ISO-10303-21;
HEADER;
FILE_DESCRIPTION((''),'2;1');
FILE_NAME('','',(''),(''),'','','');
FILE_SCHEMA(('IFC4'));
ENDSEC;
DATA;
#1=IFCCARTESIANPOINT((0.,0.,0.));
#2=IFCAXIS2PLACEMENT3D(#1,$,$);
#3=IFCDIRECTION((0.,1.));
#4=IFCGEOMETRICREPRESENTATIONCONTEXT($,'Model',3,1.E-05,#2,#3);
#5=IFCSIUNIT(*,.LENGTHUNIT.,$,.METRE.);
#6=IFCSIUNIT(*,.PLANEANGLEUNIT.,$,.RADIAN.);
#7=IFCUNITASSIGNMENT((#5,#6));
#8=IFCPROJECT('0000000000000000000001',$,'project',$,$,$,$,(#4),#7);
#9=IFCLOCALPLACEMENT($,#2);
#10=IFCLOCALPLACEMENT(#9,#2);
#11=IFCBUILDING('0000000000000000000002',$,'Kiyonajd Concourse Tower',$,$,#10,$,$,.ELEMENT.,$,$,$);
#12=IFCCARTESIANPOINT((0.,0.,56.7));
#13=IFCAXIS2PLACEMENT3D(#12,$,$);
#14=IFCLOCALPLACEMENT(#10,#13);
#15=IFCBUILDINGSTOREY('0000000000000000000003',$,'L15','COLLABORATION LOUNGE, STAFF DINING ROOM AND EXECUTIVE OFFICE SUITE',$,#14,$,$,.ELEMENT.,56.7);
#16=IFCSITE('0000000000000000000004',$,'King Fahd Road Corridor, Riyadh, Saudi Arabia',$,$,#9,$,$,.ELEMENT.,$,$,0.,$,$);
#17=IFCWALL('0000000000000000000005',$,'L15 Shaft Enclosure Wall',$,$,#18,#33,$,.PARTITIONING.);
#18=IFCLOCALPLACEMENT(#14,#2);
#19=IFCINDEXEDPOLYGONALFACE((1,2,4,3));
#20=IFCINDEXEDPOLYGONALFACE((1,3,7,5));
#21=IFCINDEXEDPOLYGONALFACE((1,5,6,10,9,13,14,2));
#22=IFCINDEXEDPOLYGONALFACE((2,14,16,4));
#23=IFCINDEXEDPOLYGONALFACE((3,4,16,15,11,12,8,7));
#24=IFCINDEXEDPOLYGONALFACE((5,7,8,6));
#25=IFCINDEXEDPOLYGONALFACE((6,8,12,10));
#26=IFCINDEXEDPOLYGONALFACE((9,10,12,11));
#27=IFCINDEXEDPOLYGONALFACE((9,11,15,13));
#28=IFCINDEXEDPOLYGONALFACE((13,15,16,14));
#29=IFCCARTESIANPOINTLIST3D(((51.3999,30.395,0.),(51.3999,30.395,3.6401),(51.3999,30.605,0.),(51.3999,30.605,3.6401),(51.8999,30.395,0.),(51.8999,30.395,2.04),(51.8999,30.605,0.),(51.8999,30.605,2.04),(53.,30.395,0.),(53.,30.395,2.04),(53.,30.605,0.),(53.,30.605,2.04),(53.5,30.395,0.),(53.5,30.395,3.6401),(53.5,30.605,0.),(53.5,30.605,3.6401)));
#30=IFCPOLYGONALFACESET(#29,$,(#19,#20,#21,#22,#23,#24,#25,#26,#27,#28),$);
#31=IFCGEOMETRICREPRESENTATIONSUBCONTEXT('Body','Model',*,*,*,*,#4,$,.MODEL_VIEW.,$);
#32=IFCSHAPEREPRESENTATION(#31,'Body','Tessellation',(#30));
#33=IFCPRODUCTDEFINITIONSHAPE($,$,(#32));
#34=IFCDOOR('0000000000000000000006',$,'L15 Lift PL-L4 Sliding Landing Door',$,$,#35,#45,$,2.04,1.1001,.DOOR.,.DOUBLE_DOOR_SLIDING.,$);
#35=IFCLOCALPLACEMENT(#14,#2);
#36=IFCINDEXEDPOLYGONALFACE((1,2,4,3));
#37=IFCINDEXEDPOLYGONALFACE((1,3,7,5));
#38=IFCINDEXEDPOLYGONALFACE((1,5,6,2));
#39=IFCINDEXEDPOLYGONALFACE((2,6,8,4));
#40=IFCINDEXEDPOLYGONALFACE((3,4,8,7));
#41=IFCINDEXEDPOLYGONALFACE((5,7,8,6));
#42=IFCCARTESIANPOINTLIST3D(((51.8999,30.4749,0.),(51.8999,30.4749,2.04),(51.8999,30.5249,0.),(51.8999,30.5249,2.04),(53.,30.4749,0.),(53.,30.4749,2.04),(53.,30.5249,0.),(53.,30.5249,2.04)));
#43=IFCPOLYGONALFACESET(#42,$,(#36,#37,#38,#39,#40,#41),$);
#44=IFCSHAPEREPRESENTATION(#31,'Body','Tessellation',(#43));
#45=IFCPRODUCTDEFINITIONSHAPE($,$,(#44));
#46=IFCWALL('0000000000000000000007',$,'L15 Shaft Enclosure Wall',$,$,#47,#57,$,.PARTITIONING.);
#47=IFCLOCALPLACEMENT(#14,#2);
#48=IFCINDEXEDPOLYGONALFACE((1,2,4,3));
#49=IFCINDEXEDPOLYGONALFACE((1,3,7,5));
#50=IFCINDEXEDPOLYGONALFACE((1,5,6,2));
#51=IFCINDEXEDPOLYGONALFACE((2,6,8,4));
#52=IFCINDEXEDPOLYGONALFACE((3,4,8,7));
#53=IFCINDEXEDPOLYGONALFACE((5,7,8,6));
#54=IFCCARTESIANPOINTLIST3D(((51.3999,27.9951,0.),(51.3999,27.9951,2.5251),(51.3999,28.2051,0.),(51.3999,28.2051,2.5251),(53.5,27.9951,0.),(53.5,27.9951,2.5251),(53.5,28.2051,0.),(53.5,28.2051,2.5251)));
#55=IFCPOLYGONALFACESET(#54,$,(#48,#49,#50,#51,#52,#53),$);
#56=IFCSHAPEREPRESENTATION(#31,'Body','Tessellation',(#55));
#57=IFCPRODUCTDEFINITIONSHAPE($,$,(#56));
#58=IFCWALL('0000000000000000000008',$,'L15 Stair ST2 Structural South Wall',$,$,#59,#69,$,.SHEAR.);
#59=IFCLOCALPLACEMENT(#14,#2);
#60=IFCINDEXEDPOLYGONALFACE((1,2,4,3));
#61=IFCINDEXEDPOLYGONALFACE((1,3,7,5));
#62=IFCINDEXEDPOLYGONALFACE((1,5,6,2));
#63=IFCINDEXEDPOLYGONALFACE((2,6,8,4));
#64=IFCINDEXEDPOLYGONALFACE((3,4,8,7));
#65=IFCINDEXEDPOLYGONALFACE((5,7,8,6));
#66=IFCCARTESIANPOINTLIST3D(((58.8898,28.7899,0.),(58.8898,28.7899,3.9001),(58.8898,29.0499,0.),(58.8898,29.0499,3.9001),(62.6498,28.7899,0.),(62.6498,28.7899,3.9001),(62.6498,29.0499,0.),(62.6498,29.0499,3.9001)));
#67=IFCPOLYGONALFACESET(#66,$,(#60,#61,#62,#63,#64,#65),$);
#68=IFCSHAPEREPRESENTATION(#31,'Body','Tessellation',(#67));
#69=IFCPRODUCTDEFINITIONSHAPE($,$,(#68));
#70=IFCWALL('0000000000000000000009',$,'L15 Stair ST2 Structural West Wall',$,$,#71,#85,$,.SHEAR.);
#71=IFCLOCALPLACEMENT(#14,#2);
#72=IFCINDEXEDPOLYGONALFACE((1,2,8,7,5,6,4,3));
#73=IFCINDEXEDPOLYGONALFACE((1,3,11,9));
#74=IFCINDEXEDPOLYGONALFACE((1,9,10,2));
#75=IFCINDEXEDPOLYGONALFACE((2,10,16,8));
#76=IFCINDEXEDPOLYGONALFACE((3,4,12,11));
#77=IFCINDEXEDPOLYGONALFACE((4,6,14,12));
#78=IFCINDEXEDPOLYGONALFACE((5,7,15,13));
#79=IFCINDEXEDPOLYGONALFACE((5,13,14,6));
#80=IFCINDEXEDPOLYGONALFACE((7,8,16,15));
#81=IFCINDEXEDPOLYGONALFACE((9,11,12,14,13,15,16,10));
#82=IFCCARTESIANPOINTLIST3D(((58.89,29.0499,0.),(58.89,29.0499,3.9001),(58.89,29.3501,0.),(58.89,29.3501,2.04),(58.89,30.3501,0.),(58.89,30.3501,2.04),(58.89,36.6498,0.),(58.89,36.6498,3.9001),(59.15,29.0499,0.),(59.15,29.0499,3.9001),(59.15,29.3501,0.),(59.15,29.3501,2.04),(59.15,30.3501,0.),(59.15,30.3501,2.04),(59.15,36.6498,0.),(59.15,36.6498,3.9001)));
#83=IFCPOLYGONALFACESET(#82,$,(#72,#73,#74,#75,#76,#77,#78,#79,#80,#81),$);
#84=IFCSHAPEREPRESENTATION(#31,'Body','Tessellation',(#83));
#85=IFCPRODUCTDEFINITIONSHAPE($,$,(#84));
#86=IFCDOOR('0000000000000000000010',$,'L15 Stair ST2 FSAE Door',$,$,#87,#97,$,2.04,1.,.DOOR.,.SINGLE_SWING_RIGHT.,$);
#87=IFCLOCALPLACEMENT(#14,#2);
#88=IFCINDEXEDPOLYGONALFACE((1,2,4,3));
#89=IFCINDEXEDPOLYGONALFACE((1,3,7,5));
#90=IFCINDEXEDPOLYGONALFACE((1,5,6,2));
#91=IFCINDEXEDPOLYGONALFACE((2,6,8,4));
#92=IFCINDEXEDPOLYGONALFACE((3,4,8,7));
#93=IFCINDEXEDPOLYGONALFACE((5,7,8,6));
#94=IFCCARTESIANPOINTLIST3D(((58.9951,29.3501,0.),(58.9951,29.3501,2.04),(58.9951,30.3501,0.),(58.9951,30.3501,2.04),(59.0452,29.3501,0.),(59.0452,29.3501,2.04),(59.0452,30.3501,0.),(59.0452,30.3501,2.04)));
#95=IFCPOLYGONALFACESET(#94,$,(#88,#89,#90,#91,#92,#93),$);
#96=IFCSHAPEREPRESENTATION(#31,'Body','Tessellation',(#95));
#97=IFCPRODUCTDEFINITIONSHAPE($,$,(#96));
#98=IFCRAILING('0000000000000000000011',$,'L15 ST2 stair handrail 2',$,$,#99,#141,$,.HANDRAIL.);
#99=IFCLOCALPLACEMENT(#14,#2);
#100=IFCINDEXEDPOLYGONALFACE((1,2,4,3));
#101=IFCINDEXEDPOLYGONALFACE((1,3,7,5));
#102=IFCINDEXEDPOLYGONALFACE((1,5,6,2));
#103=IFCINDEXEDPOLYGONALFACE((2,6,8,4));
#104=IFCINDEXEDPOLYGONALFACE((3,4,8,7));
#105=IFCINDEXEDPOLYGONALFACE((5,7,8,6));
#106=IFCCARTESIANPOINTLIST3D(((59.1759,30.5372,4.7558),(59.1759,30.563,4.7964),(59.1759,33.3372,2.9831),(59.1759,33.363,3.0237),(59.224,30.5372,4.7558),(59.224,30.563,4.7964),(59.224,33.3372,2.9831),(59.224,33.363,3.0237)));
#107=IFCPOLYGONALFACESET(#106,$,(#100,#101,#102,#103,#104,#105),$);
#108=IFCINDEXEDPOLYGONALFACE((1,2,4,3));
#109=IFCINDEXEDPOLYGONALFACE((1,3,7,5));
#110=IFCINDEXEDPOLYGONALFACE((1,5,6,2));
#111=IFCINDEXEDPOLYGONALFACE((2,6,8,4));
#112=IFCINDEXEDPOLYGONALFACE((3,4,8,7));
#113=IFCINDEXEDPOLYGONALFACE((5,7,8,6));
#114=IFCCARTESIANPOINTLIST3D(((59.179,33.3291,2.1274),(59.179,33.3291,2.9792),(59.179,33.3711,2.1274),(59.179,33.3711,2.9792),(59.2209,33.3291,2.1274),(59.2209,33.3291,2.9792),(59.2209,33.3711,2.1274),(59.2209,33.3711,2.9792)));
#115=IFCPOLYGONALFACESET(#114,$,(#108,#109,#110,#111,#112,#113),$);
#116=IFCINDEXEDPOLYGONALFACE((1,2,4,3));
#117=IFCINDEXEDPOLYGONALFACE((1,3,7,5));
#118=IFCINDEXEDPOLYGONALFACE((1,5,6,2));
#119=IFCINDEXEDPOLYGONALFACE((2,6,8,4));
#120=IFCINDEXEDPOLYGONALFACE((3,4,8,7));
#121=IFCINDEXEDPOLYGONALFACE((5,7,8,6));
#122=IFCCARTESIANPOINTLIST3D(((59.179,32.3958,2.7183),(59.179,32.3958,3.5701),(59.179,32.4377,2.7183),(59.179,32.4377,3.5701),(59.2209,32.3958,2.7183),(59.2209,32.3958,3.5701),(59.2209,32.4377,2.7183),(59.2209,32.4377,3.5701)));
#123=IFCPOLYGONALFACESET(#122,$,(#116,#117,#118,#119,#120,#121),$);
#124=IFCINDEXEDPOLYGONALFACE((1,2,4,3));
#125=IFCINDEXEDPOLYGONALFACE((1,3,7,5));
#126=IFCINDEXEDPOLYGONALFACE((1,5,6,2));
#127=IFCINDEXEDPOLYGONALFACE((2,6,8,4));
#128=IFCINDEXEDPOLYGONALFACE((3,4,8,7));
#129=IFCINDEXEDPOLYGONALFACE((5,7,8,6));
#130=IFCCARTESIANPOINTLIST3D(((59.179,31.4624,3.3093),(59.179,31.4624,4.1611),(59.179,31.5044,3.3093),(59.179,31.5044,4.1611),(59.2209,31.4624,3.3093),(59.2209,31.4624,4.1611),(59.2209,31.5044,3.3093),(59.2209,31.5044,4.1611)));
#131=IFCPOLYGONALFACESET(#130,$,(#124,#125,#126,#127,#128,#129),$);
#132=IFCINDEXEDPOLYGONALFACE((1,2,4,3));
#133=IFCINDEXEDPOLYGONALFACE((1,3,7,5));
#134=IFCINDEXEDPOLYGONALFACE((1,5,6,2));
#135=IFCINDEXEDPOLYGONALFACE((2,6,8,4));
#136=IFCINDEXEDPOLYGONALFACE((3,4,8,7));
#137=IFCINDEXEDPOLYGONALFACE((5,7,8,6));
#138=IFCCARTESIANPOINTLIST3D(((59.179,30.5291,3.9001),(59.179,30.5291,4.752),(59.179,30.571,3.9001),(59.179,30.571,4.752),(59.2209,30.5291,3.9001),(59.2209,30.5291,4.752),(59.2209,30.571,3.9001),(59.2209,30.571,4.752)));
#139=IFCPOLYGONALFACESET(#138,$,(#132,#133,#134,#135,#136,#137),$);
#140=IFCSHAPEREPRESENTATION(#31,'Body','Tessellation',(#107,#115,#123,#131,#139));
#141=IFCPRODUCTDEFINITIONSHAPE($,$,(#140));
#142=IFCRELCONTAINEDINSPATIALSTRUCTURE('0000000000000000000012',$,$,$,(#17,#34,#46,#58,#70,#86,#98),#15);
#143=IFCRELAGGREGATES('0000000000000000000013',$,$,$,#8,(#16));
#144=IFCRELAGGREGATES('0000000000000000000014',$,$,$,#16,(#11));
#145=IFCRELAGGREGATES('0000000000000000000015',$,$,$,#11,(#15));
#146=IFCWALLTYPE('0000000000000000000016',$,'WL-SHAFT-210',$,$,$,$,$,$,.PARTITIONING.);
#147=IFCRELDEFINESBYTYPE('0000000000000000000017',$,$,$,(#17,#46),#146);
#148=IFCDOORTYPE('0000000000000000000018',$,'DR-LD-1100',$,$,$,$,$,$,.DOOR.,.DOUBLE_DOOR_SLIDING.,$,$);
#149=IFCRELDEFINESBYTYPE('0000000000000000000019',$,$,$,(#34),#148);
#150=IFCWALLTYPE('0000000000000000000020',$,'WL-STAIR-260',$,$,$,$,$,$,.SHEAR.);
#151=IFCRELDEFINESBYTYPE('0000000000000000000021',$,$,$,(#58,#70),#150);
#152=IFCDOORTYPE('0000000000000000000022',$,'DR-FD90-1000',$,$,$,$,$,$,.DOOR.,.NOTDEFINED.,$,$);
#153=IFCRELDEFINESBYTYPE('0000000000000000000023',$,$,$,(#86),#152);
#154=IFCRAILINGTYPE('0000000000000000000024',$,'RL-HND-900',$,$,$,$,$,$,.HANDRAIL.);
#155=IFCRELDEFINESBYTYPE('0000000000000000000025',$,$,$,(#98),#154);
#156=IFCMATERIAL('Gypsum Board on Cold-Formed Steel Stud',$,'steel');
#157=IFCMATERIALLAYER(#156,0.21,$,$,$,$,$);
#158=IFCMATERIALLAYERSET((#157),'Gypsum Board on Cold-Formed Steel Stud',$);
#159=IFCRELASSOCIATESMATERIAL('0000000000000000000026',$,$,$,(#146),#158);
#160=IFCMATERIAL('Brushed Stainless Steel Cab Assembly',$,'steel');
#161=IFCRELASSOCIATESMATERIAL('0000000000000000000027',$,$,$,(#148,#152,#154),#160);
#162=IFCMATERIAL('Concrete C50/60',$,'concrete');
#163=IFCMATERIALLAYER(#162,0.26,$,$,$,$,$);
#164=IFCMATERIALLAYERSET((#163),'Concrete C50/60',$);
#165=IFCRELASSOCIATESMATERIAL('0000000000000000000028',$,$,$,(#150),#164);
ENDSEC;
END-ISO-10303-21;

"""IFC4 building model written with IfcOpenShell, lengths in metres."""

from ifc_helpers import new_model, si_unit, direction, frame, frame_2d, origin, origin_2d, place, context, subcontext, project, spatial, rectangle, extrude, material, layer, layer_set, type_object, element, fill, save


model = new_model("IFC4")

# Units and contexts
model_context = context("Model", 3, precision=1e-05, world=origin(), true_north=direction((0.0, 1.0)))
body_context = subcontext(model_context, "Body", "Model", "MODEL_VIEW")
ifc_project = project(units=[si_unit("LENGTHUNIT", "METRE"), si_unit("PLANEANGLEUNIT", "RADIAN")], contexts=[model_context])

# Site, building, storey
site_placement = place(None, origin())
site = spatial("IfcSite", under=ifc_project, at=site_placement, Name="King Fahd Road Corridor, Riyadh, Saudi Arabia", CompositionType="ELEMENT", RefElevation=0.0)
building_placement = place(site_placement, origin())
building = spatial("IfcBuilding", under=site, at=building_placement, Name="Kiyonajd Concourse Tower", CompositionType="ELEMENT")
storey_placement = place(building_placement, frame((0.0, 0.0, 56.7)))
storey = spatial("IfcBuildingStorey", under=building, at=storey_placement, Name="L15", Description="COLLABORATION LOUNGE, STAFF DINING ROOM AND EXECUTIVE OFFICE SUITE", CompositionType="ELEMENT", Elevation=56.7)

# Shared definitions
ifc_material_1 = material(Name="Concrete C50/60", Category="concrete")

# Shared definitions
ifc_material_2 = material(Name="Brushed Stainless Steel Cab Assembly", Category="steel")
ifc_material_3 = material(Name="Gypsum Board on Cold-Formed Steel Stud", Category="steel")
ifc_layer_1 = layer(ifc_material_3, 0.21)
ifc_layer_set_1 = layer_set([ifc_layer_1], Name="Gypsum Board on Cold-Formed Steel Stud")
wall_type_1 = type_object("IfcWallType", Name="WL-SHAFT-210", PredefinedType="PARTITIONING", material=ifc_layer_set_1)

# Wall, opening, door
wall_1_placement = place(storey_placement, frame((51.3999, 30.5, 0.0), z_axis=(0.0, 0.0, 1.0), x_axis=(1.0, 0.0, 0.0)))
wall_1 = element("IfcWall", 1, at=wall_1_placement, inside=storey, type_object=wall_type_1, Name="L15 Shaft Enclosure Wall", PredefinedType="PARTITIONING", context=body_context, shape_type="SweptSolid", body=[
    extrude(rectangle(XDim=2.1001, YDim=0.21, at=frame_2d((1.05, 0.0))), origin(), (0.0, 0.0, 1.0), 3.6401),
])
opening_1_placement = place(wall_1_placement, frame((0.5, 0.0, 0.0)))
opening_1 = element("IfcOpeningElement", 2, at=opening_1_placement, cuts=wall_1, PredefinedType="OPENING", context=body_context, shape_type="SweptSolid", body=[
    extrude(rectangle(XDim=1.1001, YDim=2.04, at=frame_2d((0.55, 1.02))), frame((0.0, 0.115, 0.0), z_axis=(0.0, -1.0, 0.0), x_axis=(1.0, 0.0, 0.0)), (0.0, 0.0, 1.0), 0.23),
])
door_type_1 = type_object("IfcDoorType", Name="DR-LD-1100", OperationType="DOUBLE_DOOR_SLIDING", PredefinedType="DOOR", material=ifc_material_2)
door_1_placement = place(opening_1_placement, origin())
door_1 = element("IfcDoor", 3, at=door_1_placement, inside=storey, type_object=door_type_1, Name="L15 Lift PL-L4 Sliding Landing Door", OperationType="DOUBLE_DOOR_SLIDING", OverallHeight=2.04, OverallWidth=1.1001, PredefinedType="DOOR", context=body_context, shape_type="SweptSolid", body=[
    extrude(rectangle(XDim=1.1001, YDim=2.04, at=frame_2d((0.55, 1.02))), frame((0.0, 0.0249, 0.0), z_axis=(0.0, -1.0, 0.0), x_axis=(1.0, 0.0, 0.0)), (0.0, 0.0, 1.0), 0.05),
])
fill(opening_1, door_1)

# Walls
wall_2_placement = place(storey_placement, frame((51.3999, 28.1001, 0.0), z_axis=(0.0, 0.0, 1.0), x_axis=(1.0, 0.0, 0.0)))
element("IfcWall", 4, at=wall_2_placement, inside=storey, type_object=wall_type_1, Name="L15 Shaft Enclosure Wall", PredefinedType="PARTITIONING", context=body_context, shape_type="SweptSolid", body=[
    extrude(rectangle(XDim=2.1001, YDim=0.21, at=frame_2d((1.05, 0.0))), origin(), (0.0, 0.0, 1.0), 2.5251),
])
ifc_layer_2 = layer(ifc_material_1, 0.26)
ifc_layer_set_2 = layer_set([ifc_layer_2], Name="Concrete C50/60")
wall_type_2 = type_object("IfcWallType", Name="WL-STAIR-260", PredefinedType="SHEAR", material=ifc_layer_set_2)
wall_3_placement = place(storey_placement, frame((58.8899, 28.9199, 0.0), z_axis=(0.0, 0.0, 1.0), x_axis=(1.0, 0.0, 0.0)))
element("IfcWall", 5, at=wall_3_placement, inside=storey, type_object=wall_type_2, Name="L15 Stair ST2 Structural South Wall", PredefinedType="SHEAR", context=body_context, shape_type="SweptSolid", body=[
    extrude(rectangle(XDim=3.76, YDim=0.26, at=frame_2d((1.8799, 0.0))), origin(), (0.0, 0.0, 1.0), 3.9001),
])

# Wall, opening, door
wall_4_placement = place(storey_placement, frame((59.02, 29.05, 0.0), z_axis=(0.0, 0.0, 1.0), x_axis=(0.0, 1.0, 0.0)))
wall_4 = element("IfcWall", 6, at=wall_4_placement, inside=storey, type_object=wall_type_2, Name="L15 Stair ST2 Structural West Wall", PredefinedType="SHEAR", context=body_context, shape_type="SweptSolid", body=[
    extrude(rectangle(XDim=7.5999, YDim=0.26, at=frame_2d((3.7998, 0.0))), origin(), (0.0, 0.0, 1.0), 3.9001),
])
opening_2_placement = place(wall_4_placement, frame((0.3, 0.0, 0.0)))
opening_2 = element("IfcOpeningElement", 7, at=opening_2_placement, cuts=wall_4, PredefinedType="OPENING", context=body_context, shape_type="SweptSolid", body=[
    extrude(rectangle(XDim=1.0, YDim=2.04, at=frame_2d((0.5, 1.02))), frame((0.0, 0.1399, 0.0), z_axis=(0.0, -1.0, 0.0), x_axis=(1.0, 0.0, 0.0)), (0.0, 0.0, 1.0), 0.28),
])
door_type_2 = type_object("IfcDoorType", Name="DR-FD90-1000", OperationType="NOTDEFINED", PredefinedType="DOOR", material=ifc_material_2)
door_2_placement = place(opening_2_placement, origin())
door_2 = element("IfcDoor", 8, at=door_2_placement, inside=storey, type_object=door_type_2, Name="L15 Stair ST2 FSAE Door", OperationType="SINGLE_SWING_RIGHT", OverallHeight=2.04, OverallWidth=1.0, PredefinedType="DOOR", context=body_context, shape_type="SweptSolid", body=[
    extrude(rectangle(XDim=1.0, YDim=2.04, at=frame_2d((0.5, 1.02))), frame((0.0, 0.0249, 0.0), z_axis=(0.0, -1.0, 0.0), x_axis=(1.0, 0.0, 0.0)), (0.0, 0.0, 1.0), 0.05),
])
fill(opening_2, door_2)

# Railing
railing_type = type_object("IfcRailingType", Name="RL-HND-900", PredefinedType="HANDRAIL", material=ifc_material_2)
railing_placement = place(storey_placement, frame((59.2, 33.3501, 2.1274)))
element("IfcRailing", 9, at=railing_placement, inside=storey, type_object=railing_type, Name="L15 ST2 stair handrail 2", PredefinedType="HANDRAIL", context=body_context, shape_type="SweptSolid", body=[
    extrude(rectangle(XDim=0.0481, YDim=0.0481, at=origin_2d()), frame((0.0, 0.0, 0.876), z_axis=(0.0, -0.844909, 0.53491), x_axis=(1.0, 0.0, 0.0)), (0.0, 0.0, 1.0), 3.314),
    extrude(rectangle(XDim=0.042, YDim=0.042, at=origin_2d()), origin(), (0.0, 0.0, 1.0), 0.8518),
    extrude(rectangle(XDim=0.042, YDim=0.042, at=origin_2d()), frame((0.0, -0.9333, 0.5908)), (0.0, 0.0, 1.0), 0.8518),
    extrude(rectangle(XDim=0.042, YDim=0.042, at=origin_2d()), frame((0.0, -1.8667, 1.1819)), (0.0, 0.0, 1.0), 0.8518),
    extrude(rectangle(XDim=0.042, YDim=0.042, at=origin_2d()), frame((0.0, -2.8, 1.7727)), (0.0, 0.0, 1.0), 0.8518),
])

save(model, "model.ifc")
